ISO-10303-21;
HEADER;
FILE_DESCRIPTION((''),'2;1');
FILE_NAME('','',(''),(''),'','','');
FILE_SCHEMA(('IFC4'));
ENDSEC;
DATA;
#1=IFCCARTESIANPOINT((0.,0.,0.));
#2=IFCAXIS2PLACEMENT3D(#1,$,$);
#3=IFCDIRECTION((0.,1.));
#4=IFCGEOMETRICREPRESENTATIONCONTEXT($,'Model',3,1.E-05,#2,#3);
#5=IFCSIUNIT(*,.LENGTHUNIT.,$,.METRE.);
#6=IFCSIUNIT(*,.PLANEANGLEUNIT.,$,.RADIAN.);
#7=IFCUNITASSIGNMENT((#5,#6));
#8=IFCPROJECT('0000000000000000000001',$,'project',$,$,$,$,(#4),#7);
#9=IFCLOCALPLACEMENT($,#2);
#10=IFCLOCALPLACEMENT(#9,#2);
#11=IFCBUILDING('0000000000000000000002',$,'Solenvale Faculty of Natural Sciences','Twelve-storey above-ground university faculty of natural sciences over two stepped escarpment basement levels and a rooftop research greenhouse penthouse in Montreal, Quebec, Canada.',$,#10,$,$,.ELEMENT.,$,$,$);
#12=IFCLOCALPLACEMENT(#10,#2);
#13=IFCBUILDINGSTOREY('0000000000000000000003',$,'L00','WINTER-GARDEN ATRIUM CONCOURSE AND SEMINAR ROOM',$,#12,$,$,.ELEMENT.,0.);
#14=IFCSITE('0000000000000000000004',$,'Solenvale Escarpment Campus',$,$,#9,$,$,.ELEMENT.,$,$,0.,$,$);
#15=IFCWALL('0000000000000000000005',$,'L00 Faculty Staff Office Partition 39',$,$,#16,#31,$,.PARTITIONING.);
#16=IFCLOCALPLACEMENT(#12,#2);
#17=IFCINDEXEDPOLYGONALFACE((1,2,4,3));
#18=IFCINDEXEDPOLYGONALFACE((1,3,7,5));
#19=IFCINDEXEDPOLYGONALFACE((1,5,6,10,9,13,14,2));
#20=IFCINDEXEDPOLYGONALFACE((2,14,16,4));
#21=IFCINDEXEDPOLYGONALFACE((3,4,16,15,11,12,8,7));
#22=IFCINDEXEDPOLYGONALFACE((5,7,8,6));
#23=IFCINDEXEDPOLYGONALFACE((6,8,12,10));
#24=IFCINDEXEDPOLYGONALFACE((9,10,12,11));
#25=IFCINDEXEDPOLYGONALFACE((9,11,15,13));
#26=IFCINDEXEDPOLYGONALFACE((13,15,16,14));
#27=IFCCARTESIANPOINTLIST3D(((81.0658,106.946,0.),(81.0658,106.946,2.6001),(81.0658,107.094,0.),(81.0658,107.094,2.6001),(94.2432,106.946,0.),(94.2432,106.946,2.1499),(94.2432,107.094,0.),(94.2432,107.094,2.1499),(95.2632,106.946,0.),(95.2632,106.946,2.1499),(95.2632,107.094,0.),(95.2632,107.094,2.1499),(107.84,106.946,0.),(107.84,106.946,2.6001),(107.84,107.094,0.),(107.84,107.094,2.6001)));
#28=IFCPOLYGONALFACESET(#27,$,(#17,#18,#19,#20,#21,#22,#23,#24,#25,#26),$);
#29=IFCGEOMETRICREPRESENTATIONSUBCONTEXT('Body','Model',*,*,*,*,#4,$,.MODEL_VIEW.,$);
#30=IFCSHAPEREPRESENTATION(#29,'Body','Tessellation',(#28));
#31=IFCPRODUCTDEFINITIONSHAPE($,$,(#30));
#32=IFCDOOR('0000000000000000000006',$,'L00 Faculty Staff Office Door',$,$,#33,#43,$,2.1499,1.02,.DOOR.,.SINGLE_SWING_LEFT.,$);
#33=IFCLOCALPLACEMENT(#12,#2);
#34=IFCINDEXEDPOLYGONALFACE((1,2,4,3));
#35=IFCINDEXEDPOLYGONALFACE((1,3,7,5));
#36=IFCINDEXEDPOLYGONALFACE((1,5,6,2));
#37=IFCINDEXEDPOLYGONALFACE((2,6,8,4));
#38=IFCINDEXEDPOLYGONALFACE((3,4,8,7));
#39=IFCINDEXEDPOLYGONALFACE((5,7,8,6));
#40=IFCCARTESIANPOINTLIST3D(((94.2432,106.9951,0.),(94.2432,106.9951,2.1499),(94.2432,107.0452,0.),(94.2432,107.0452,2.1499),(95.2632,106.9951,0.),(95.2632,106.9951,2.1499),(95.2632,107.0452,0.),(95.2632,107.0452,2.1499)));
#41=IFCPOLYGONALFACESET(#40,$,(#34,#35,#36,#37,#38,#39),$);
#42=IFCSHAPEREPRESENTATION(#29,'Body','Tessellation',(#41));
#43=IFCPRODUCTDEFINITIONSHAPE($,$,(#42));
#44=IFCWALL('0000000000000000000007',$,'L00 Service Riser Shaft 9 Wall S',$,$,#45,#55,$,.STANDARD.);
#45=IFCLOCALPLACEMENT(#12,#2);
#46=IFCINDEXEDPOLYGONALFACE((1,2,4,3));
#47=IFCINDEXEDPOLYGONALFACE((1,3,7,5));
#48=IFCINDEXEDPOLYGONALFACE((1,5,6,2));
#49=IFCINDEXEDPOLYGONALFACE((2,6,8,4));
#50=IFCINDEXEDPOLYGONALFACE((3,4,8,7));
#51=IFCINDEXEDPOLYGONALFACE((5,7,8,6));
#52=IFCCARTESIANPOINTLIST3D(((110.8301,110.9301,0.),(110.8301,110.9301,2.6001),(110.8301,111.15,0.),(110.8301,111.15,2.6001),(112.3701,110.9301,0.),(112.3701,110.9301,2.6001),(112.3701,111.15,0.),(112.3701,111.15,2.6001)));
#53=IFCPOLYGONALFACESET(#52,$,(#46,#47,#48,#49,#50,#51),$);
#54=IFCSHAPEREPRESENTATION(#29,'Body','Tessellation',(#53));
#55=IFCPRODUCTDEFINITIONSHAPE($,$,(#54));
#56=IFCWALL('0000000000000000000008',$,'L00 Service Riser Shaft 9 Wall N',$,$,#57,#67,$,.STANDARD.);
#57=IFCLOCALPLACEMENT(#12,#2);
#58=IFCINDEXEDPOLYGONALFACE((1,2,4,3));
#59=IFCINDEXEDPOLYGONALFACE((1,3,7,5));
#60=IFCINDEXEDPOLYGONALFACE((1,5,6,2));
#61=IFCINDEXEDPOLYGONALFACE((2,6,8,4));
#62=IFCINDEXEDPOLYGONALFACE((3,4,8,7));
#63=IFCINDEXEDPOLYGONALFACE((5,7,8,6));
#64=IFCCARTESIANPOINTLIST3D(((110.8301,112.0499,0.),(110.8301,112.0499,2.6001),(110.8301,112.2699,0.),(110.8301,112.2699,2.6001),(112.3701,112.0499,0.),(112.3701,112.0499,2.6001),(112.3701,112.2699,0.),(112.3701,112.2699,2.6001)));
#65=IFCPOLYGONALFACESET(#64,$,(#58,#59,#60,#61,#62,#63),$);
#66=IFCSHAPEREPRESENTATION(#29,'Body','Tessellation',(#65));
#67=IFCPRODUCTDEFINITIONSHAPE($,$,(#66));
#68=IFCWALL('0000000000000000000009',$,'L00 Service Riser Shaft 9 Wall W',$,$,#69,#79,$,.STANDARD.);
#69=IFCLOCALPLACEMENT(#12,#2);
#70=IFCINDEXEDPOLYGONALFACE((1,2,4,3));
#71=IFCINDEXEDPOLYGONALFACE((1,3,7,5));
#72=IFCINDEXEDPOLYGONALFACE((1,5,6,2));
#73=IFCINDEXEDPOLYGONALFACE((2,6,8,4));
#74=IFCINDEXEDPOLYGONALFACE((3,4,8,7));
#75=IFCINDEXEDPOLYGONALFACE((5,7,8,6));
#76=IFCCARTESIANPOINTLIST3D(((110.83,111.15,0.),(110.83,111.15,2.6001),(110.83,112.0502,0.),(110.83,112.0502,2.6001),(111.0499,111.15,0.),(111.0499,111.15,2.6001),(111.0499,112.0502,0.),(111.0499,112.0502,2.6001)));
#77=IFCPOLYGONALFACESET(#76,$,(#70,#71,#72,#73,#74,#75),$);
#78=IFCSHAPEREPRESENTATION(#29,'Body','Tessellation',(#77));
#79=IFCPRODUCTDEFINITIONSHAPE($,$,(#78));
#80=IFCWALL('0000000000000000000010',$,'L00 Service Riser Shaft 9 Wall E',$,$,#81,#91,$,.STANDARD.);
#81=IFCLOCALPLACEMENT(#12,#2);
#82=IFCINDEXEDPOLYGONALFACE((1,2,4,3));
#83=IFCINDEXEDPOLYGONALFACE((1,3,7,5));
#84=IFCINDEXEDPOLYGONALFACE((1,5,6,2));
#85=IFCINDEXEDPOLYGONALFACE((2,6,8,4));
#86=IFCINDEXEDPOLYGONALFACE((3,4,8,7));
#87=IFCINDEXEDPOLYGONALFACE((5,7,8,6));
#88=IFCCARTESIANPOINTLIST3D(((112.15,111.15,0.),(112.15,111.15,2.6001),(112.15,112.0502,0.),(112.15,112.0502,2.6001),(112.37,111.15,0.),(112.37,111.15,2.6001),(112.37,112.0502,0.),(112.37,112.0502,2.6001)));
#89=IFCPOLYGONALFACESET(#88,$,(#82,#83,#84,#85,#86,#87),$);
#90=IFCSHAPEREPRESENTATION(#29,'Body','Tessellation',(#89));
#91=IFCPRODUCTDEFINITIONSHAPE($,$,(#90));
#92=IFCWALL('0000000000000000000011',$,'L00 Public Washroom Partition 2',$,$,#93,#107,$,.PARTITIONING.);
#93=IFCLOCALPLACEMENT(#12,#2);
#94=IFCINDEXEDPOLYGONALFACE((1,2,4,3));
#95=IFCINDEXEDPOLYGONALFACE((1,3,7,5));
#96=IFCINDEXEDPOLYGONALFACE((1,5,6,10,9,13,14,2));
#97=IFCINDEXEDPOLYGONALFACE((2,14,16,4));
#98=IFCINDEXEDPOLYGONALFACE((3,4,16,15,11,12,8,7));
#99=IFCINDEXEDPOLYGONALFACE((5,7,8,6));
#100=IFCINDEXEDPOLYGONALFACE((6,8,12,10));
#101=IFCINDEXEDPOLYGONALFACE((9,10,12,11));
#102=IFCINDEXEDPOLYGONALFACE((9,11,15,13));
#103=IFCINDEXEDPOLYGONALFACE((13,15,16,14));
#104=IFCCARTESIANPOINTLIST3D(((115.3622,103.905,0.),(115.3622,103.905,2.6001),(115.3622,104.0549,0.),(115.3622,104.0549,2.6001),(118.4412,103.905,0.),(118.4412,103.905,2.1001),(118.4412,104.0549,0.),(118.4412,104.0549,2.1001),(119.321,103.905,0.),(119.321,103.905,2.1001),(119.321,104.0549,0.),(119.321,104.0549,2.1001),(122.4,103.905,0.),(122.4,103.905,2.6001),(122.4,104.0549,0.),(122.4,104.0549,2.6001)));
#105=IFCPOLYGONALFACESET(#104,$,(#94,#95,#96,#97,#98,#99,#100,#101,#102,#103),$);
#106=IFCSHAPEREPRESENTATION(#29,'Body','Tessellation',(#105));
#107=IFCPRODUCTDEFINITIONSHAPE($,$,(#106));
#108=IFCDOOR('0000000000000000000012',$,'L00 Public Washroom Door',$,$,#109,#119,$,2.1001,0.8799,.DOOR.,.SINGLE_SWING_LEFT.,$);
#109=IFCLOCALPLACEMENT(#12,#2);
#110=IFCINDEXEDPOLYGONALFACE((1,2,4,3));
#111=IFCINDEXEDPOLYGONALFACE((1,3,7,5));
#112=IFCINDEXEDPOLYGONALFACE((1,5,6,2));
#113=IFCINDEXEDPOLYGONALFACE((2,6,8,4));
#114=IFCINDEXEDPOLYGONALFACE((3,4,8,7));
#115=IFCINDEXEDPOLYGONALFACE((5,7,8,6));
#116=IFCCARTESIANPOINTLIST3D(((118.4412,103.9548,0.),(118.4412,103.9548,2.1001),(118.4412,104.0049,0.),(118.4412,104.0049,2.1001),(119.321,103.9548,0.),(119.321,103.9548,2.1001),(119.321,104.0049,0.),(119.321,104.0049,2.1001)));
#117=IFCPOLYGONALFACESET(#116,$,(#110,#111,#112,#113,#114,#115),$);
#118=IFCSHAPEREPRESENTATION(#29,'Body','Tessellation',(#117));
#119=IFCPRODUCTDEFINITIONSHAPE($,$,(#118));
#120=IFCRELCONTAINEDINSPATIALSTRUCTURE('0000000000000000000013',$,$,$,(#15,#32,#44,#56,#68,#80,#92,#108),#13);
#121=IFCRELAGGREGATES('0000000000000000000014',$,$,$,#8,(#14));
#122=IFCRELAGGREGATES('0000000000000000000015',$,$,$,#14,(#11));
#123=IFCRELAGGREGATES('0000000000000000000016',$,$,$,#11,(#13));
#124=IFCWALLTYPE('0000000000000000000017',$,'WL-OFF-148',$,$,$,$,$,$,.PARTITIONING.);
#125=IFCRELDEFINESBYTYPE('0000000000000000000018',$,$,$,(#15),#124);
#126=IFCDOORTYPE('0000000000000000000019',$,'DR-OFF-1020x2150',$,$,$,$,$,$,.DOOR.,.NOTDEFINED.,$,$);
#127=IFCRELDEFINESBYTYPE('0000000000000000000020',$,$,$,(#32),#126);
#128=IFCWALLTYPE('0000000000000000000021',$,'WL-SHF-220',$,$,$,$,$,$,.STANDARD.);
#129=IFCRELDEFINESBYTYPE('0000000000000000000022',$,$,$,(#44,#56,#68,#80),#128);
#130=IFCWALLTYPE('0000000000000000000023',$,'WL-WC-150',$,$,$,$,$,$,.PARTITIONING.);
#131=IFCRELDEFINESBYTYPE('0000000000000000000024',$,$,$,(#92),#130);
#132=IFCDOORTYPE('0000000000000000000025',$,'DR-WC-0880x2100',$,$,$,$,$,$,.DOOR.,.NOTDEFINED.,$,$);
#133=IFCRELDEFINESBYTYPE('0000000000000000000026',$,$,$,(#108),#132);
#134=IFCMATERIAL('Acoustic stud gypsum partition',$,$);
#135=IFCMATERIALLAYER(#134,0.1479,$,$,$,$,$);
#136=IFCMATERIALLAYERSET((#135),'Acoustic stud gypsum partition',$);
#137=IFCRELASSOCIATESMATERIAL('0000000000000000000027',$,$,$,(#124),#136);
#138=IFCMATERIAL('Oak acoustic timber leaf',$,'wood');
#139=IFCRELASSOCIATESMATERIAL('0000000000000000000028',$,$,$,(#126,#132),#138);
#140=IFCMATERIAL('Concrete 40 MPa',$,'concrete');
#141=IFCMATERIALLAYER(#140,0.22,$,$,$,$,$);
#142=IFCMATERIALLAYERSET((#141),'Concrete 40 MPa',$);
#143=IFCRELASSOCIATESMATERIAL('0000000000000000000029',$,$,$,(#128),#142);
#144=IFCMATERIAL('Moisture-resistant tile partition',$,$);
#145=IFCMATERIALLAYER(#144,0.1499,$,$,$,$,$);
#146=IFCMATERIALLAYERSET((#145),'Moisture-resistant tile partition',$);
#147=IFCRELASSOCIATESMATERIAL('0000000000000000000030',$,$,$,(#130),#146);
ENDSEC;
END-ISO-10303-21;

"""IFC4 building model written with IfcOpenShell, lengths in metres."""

from ifc_helpers import new_model, si_unit, direction, frame, frame_2d, origin, place, context, subcontext, project, spatial, rectangle, extrude, material, layer, layer_set, type_object, element, fill, save


model = new_model("IFC4")

# Units and contexts
model_context = context("Model", 3, precision=1e-05, world=origin(), true_north=direction((0.0, 1.0)))
body_context = subcontext(model_context, "Body", "Model", "MODEL_VIEW")
ifc_project = project(units=[si_unit("LENGTHUNIT", "METRE"), si_unit("PLANEANGLEUNIT", "RADIAN")], contexts=[model_context])

# Site, building, storey
site_placement = place(None, origin())
site = spatial("IfcSite", under=ifc_project, at=site_placement, Name="Solenvale Escarpment Campus", CompositionType="ELEMENT", RefElevation=0.0)
building_placement = place(site_placement, origin())
building = spatial("IfcBuilding", under=site, at=building_placement, Name="Solenvale Faculty of Natural Sciences", Description="Twelve-storey above-ground university faculty of natural sciences over two stepped escarpment basement levels and a rooftop research greenhouse penthouse in Montreal, Quebec, Canada.", CompositionType="ELEMENT")
storey_placement = place(building_placement, origin())
storey = spatial("IfcBuildingStorey", under=building, at=storey_placement, Name="L00", Description="WINTER-GARDEN ATRIUM CONCOURSE AND SEMINAR ROOM", CompositionType="ELEMENT", Elevation=0.0)

# Shared definitions
ifc_material_1 = material(Name="Concrete 40 MPa", Category="concrete")

# Wall, opening, door
ifc_material_2 = material(Name="Acoustic stud gypsum partition")
ifc_layer_1 = layer(ifc_material_2, 0.1479)
ifc_layer_set_1 = layer_set([ifc_layer_1], Name="Acoustic stud gypsum partition")
wall_type_1 = type_object("IfcWallType", Name="WL-OFF-148", PredefinedType="PARTITIONING", material=ifc_layer_set_1)
wall_1_placement = place(storey_placement, frame((107.8401, 107.02, 0.0), z_axis=(0.0, 0.0, 1.0), x_axis=(-1.0, 0.0, 0.0)))
wall_1 = element("IfcWall", 1, at=wall_1_placement, inside=storey, type_object=wall_type_1, Name="L00 Faculty Staff Office Partition 39", PredefinedType="PARTITIONING", context=body_context, shape_type="SweptSolid", body=[
    extrude(rectangle(XDim=26.7742, YDim=0.1479, at=frame_2d((13.3872, 0.0))), origin(), (0.0, 0.0, 1.0), 2.6001),
])
opening_1_placement = place(wall_1_placement, frame((12.5769, 0.0, 0.0)))
opening_1 = element("IfcOpeningElement", 2, at=opening_1_placement, cuts=wall_1, PredefinedType="OPENING", context=body_context, shape_type="SweptSolid", body=[
    extrude(rectangle(XDim=1.02, YDim=2.1499, at=frame_2d((0.51, 1.075))), frame((0.0, 0.084, 0.0), z_axis=(0.0, -1.0, 0.0), x_axis=(1.0, 0.0, 0.0)), (0.0, 0.0, 1.0), 0.168),
])
ifc_material_3 = material(Name="Oak acoustic timber leaf", Category="wood")
door_type_1 = type_object("IfcDoorType", Name="DR-OFF-1020x2150", OperationType="NOTDEFINED", PredefinedType="DOOR", material=ifc_material_3)
door_1_placement = place(opening_1_placement, origin())
door_1 = element("IfcDoor", 3, at=door_1_placement, inside=storey, type_object=door_type_1, Name="L00 Faculty Staff Office Door", OperationType="SINGLE_SWING_LEFT", OverallHeight=2.1499, OverallWidth=1.02, PredefinedType="DOOR", context=body_context, shape_type="SweptSolid", body=[
    extrude(rectangle(XDim=1.02, YDim=2.1499, at=frame_2d((0.51, 1.075))), frame((0.0, 0.0249, 0.0), z_axis=(0.0, -1.0, 0.0), x_axis=(1.0, 0.0, 0.0)), (0.0, 0.0, 1.0), 0.05),
])
fill(opening_1, door_1)

# Walls
ifc_layer_2 = layer(ifc_material_1, 0.22)
ifc_layer_set_2 = layer_set([ifc_layer_2], Name="Concrete 40 MPa")
wall_type_2 = type_object("IfcWallType", Name="WL-SHF-220", PredefinedType="STANDARD", material=ifc_layer_set_2)
for number, where, z_axis, x_axis, name in (
    (4, (110.8301, 111.04, 0.0), (0.0, 0.0, 1.0), (1.0, 0.0, 0.0), "L00 Service Riser Shaft 9 Wall S"),
    (5, (110.8301, 112.1599, 0.0), (0.0, 0.0, 1.0), (1.0, 0.0, 0.0), "L00 Service Riser Shaft 9 Wall N"),
):
    element("IfcWall", number, at=place(storey_placement, frame(where, z_axis=z_axis, x_axis=x_axis)), inside=storey, type_object=wall_type_2, Name=name, PredefinedType="STANDARD", context=body_context, shape_type="SweptSolid", body=[
        extrude(rectangle(XDim=1.54, YDim=0.22, at=frame_2d((0.77, 0.0))), origin(), (0.0, 0.0, 1.0), 2.6001),
    ])
for number, where, z_axis, x_axis, name in (
    (6, (110.9399, 111.1499, 0.0), (0.0, 0.0, 1.0), (0.0, 1.0, 0.0), "L00 Service Riser Shaft 9 Wall W"),
    (7, (112.26, 111.1499, 0.0), (0.0, 0.0, 1.0), (0.0, 1.0, 0.0), "L00 Service Riser Shaft 9 Wall E"),
):
    element("IfcWall", number, at=place(storey_placement, frame(where, z_axis=z_axis, x_axis=x_axis)), inside=storey, type_object=wall_type_2, Name=name, PredefinedType="STANDARD", context=body_context, shape_type="SweptSolid", body=[
        extrude(rectangle(XDim=0.9001, YDim=0.22, at=frame_2d((0.4502, 0.0))), origin(), (0.0, 0.0, 1.0), 2.6001),
    ])

# Wall, opening, door
ifc_material_4 = material(Name="Moisture-resistant tile partition")
ifc_layer_3 = layer(ifc_material_4, 0.1499)
ifc_layer_set_3 = layer_set([ifc_layer_3], Name="Moisture-resistant tile partition")
wall_type_3 = type_object("IfcWallType", Name="WL-WC-150", PredefinedType="PARTITIONING", material=ifc_layer_set_3)
wall_2_placement = place(storey_placement, frame((115.3621, 103.98, 0.0), z_axis=(0.0, 0.0, 1.0), x_axis=(1.0, 0.0, 0.0)))
wall_2 = element("IfcWall", 8, at=wall_2_placement, inside=storey, type_object=wall_type_3, Name="L00 Public Washroom Partition 2", PredefinedType="PARTITIONING", context=body_context, shape_type="SweptSolid", body=[
    extrude(rectangle(XDim=7.0378, YDim=0.1499, at=frame_2d((3.519, 0.0))), origin(), (0.0, 0.0, 1.0), 2.6001),
])
opening_2_placement = place(wall_2_placement, frame((3.0791, 0.0, 0.0)))
opening_2 = element("IfcOpeningElement", 9, at=opening_2_placement, cuts=wall_2, PredefinedType="OPENING", context=body_context, shape_type="SweptSolid", body=[
    extrude(rectangle(XDim=0.8799, YDim=2.1001, at=frame_2d((0.4399, 1.05))), frame((0.0, 0.085, 0.0), z_axis=(0.0, -1.0, 0.0), x_axis=(1.0, 0.0, 0.0)), (0.0, 0.0, 1.0), 0.1699),
])
door_type_2 = type_object("IfcDoorType", Name="DR-WC-0880x2100", OperationType="NOTDEFINED", PredefinedType="DOOR", material=ifc_material_3)
door_2_placement = place(opening_2_placement, origin())
door_2 = element("IfcDoor", 10, at=door_2_placement, inside=storey, type_object=door_type_2, Name="L00 Public Washroom Door", OperationType="SINGLE_SWING_LEFT", OverallHeight=2.1001, OverallWidth=0.8799, PredefinedType="DOOR", context=body_context, shape_type="SweptSolid", body=[
    extrude(rectangle(XDim=0.8799, YDim=2.1001, at=frame_2d((0.4399, 1.05))), frame((0.0, 0.0249, 0.0), z_axis=(0.0, -1.0, 0.0), x_axis=(1.0, 0.0, 0.0)), (0.0, 0.0, 1.0), 0.05),
])
fill(opening_2, door_2)

save(model, "model.ifc")
